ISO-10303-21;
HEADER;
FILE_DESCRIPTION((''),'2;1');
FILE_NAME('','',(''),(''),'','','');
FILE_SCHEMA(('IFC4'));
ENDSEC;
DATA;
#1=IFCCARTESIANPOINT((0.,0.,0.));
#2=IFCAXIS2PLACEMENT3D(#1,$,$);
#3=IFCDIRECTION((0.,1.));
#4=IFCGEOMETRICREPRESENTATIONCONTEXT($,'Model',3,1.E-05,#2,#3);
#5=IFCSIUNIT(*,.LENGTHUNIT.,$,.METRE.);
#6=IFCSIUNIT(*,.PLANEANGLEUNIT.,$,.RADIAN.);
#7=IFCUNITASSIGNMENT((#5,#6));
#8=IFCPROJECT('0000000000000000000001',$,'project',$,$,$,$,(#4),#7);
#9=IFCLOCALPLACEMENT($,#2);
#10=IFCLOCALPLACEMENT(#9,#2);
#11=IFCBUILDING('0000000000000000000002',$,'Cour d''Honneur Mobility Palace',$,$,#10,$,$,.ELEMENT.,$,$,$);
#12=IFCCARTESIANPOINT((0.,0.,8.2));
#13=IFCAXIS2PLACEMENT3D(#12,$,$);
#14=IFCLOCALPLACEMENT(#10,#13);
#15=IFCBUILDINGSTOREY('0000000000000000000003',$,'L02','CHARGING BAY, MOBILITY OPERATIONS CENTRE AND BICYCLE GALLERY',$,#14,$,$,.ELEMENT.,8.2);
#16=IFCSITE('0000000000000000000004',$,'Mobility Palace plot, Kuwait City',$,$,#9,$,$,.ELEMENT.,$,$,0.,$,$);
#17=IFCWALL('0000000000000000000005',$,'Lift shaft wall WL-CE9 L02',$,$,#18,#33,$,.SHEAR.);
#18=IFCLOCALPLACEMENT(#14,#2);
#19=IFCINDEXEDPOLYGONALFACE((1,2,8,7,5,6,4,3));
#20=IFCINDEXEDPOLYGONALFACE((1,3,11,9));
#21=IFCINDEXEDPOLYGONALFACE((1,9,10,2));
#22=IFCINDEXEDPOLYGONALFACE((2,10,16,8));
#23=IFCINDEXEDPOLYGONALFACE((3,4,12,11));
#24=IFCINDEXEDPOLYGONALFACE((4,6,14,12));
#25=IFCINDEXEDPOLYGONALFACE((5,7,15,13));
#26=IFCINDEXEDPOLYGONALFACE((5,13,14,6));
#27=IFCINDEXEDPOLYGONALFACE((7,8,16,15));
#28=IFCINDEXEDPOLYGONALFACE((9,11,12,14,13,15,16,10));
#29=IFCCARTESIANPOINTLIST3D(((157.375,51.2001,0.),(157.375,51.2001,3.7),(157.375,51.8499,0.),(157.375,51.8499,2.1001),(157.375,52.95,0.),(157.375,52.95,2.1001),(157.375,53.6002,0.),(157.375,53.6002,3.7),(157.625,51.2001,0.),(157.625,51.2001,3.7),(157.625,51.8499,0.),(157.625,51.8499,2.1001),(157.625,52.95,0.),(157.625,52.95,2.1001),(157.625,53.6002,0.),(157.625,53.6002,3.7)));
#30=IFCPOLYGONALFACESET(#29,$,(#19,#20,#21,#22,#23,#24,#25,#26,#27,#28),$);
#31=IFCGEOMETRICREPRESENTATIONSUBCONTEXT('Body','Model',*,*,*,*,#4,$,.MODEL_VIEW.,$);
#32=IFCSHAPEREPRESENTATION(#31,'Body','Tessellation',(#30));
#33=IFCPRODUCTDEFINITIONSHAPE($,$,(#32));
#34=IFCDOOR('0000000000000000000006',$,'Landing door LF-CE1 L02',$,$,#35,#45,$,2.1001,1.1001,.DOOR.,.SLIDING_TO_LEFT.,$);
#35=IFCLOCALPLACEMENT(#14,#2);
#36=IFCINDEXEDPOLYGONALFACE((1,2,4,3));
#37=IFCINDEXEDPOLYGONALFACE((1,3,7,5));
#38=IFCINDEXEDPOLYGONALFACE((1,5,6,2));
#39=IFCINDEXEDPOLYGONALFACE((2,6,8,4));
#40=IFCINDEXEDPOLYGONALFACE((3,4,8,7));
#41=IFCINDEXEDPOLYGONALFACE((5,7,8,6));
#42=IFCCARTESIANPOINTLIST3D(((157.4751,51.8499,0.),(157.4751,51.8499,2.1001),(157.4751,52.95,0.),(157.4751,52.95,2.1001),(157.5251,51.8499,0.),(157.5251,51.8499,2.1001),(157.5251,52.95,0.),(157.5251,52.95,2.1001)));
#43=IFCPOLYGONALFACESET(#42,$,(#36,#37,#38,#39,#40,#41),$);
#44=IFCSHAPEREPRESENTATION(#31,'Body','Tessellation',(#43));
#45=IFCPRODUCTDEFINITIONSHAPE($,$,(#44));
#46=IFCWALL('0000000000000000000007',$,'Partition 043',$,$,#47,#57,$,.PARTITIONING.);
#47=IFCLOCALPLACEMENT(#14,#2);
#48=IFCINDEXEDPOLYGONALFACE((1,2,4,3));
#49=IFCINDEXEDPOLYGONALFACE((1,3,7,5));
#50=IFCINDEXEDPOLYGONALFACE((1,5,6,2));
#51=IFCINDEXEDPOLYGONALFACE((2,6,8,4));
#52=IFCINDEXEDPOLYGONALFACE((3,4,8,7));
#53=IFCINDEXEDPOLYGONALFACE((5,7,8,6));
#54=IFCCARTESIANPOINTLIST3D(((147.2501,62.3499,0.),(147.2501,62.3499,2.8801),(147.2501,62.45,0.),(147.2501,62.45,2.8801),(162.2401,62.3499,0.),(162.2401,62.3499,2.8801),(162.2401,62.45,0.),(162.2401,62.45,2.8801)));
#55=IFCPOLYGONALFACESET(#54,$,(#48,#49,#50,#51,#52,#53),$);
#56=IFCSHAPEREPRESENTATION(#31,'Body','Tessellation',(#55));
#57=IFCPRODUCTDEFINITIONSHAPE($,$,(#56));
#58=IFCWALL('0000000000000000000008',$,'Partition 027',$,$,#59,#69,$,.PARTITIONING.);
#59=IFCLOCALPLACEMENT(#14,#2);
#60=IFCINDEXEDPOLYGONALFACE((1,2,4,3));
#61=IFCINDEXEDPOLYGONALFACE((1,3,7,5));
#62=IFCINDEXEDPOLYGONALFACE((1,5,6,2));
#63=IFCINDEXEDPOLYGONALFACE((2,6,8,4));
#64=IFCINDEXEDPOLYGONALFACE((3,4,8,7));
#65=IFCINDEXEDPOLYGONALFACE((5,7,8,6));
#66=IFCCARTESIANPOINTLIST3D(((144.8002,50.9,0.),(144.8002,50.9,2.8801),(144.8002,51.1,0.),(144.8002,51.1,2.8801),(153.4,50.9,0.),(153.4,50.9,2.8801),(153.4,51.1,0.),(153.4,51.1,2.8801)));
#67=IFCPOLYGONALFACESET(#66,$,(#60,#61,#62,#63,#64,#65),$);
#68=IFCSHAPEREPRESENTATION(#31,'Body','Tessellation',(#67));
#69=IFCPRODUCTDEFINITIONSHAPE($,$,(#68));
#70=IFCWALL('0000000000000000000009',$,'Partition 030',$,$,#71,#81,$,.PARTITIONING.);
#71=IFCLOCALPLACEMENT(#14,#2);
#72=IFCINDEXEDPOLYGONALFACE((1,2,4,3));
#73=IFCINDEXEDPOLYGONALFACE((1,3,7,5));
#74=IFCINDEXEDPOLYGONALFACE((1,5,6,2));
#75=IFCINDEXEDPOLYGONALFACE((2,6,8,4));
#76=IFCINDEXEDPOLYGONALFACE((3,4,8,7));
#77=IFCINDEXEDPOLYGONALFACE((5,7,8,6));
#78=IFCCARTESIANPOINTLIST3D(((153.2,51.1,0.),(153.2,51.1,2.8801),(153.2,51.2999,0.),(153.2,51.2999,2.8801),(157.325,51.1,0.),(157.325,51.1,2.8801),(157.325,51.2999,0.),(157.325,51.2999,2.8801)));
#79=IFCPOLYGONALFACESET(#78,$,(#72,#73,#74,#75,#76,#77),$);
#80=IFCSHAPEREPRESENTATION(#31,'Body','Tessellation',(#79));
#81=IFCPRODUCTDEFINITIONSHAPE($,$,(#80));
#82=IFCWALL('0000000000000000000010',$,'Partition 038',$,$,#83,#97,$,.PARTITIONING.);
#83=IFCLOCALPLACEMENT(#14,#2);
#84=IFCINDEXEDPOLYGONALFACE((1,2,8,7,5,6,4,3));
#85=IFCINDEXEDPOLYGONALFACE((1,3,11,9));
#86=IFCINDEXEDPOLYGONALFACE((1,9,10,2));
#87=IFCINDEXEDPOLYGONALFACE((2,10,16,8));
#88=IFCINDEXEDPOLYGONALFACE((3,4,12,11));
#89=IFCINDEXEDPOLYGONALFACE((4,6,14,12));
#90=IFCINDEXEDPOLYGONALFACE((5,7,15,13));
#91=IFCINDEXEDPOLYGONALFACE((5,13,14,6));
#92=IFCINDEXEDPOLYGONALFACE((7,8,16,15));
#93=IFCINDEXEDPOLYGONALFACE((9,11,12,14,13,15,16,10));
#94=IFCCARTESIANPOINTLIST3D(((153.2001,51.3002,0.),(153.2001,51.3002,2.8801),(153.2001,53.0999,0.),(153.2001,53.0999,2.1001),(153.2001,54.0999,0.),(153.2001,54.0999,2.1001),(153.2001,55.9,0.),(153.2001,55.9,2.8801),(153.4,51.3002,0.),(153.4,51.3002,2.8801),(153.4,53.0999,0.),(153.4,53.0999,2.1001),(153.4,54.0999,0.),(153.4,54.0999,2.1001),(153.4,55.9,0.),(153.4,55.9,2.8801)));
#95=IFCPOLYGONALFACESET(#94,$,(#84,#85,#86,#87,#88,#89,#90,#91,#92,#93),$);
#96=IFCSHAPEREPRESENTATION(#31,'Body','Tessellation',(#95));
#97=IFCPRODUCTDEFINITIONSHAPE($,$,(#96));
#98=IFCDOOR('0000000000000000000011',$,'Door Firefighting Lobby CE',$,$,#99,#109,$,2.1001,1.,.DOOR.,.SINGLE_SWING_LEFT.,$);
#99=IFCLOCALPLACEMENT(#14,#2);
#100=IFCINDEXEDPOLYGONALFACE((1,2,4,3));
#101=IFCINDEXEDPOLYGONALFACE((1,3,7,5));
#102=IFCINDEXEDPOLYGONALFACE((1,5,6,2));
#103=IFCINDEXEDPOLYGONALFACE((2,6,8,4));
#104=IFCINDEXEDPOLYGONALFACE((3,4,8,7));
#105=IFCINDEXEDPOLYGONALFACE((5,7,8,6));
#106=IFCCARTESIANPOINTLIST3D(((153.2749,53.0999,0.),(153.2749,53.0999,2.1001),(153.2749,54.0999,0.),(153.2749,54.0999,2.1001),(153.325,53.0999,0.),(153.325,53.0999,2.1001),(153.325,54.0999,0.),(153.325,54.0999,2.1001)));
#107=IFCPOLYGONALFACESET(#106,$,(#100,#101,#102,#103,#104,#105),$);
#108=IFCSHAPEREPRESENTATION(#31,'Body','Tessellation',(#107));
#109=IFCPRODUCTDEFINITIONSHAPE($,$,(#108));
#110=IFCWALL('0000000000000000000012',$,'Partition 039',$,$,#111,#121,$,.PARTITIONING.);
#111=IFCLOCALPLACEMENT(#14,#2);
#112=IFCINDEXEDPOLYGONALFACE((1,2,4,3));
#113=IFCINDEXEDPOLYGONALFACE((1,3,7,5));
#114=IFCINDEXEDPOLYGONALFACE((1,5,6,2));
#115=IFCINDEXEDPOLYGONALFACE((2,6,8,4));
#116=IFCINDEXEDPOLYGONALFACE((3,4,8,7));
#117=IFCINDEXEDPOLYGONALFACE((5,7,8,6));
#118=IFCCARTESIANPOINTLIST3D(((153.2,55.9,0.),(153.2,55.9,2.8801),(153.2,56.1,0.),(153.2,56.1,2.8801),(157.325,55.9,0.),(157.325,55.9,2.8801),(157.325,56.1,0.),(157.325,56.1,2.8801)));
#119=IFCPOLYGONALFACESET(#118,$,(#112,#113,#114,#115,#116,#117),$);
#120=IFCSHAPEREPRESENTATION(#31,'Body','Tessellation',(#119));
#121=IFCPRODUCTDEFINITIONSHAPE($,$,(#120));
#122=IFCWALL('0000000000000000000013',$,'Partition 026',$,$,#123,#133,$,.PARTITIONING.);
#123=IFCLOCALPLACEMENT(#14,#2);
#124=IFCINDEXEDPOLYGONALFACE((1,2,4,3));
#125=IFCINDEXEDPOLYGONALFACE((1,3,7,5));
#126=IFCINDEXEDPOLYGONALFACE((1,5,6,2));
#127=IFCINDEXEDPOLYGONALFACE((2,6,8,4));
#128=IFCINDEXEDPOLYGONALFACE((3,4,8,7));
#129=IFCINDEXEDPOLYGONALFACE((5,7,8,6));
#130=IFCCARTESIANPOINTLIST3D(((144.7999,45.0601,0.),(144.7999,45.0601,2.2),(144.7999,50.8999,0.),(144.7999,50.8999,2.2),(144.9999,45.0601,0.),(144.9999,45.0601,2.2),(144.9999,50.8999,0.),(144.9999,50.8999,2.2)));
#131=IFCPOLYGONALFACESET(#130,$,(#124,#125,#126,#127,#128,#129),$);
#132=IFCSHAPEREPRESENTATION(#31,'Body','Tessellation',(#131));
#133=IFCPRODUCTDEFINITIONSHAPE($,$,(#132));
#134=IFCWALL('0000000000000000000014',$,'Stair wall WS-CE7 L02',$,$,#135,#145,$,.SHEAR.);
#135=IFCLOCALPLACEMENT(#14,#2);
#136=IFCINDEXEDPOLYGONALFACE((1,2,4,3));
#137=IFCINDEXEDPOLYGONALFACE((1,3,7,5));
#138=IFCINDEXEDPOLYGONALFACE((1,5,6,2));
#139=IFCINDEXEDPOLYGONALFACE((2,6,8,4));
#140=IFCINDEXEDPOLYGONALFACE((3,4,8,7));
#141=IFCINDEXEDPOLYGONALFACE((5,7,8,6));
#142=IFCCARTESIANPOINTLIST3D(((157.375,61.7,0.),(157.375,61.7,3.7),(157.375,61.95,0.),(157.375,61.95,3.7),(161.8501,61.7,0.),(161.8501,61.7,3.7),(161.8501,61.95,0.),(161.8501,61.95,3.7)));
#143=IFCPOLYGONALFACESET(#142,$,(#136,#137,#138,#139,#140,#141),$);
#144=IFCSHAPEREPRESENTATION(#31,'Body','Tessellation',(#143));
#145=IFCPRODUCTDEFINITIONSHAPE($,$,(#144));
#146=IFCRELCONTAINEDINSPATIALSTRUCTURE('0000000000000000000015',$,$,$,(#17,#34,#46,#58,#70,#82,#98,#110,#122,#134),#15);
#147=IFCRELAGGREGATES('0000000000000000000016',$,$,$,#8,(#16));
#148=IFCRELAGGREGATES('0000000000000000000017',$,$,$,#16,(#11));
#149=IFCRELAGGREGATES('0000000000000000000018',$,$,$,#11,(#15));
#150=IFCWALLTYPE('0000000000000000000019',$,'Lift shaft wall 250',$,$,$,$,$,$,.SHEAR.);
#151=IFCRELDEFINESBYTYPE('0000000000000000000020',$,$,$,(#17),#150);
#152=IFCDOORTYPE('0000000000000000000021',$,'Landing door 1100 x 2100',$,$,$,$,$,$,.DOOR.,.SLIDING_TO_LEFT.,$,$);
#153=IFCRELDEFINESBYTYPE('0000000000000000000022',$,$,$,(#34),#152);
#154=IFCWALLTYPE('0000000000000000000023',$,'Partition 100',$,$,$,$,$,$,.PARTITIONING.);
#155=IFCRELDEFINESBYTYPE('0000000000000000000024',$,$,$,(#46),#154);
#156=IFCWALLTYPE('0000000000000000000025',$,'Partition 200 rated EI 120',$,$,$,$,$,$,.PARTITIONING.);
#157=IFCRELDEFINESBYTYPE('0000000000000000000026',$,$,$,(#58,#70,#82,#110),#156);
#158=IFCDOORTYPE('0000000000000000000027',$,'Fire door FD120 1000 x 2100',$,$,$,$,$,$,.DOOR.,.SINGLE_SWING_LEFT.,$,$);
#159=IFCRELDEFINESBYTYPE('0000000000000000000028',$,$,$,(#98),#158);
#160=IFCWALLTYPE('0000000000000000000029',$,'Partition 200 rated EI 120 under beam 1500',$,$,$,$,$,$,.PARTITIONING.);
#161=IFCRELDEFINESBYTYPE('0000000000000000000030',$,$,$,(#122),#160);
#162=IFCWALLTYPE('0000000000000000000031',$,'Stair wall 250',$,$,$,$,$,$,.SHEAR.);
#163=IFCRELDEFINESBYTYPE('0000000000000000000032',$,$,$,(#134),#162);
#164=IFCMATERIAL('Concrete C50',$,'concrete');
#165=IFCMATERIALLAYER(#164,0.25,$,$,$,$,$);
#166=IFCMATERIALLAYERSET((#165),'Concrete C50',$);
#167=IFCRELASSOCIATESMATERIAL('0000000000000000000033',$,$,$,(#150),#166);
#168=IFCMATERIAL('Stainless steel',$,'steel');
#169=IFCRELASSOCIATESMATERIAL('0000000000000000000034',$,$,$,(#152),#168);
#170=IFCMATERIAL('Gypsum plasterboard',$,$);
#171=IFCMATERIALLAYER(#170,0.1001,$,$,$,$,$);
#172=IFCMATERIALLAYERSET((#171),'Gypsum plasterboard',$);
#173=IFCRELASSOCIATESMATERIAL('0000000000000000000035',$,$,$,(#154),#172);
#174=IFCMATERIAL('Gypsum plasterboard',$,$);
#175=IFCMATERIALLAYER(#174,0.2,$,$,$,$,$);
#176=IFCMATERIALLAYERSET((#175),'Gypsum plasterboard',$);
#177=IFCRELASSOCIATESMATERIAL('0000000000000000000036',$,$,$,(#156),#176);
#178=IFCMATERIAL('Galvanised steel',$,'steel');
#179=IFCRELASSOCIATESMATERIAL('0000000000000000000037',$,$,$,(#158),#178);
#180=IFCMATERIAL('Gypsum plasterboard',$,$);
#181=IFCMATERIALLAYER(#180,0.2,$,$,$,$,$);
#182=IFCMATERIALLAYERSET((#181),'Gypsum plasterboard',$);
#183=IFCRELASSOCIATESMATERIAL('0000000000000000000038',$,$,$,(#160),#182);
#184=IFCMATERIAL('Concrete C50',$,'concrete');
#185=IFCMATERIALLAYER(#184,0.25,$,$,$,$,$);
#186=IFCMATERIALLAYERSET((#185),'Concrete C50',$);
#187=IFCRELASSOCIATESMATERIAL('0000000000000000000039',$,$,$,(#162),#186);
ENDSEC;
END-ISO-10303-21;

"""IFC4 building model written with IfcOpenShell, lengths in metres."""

from ifc_helpers import new_model, si_unit, direction, frame, frame_2d, origin, place, context, subcontext, project, spatial, rectangle, extrude, material, layer, layer_set, type_object, element, fill, save


model = new_model("IFC4")

# Units and contexts
model_context = context("Model", 3, precision=1e-05, world=origin(), true_north=direction((0.0, 1.0)))
body_context = subcontext(model_context, "Body", "Model", "MODEL_VIEW")
ifc_project = project(units=[si_unit("LENGTHUNIT", "METRE"), si_unit("PLANEANGLEUNIT", "RADIAN")], contexts=[model_context])

# Site, building, storey
site_placement = place(None, origin())
site = spatial("IfcSite", under=ifc_project, at=site_placement, Name="Mobility Palace plot, Kuwait City", CompositionType="ELEMENT", RefElevation=0.0)
building_placement = place(site_placement, origin())
building = spatial("IfcBuilding", under=site, at=building_placement, Name="Cour d'Honneur Mobility Palace", CompositionType="ELEMENT")
storey_placement = place(building_placement, frame((0.0, 0.0, 8.2)))
storey = spatial("IfcBuildingStorey", under=building, at=storey_placement, Name="L02", Description="CHARGING BAY, MOBILITY OPERATIONS CENTRE AND BICYCLE GALLERY", CompositionType="ELEMENT", Elevation=8.2)

# Wall, opening, door
ifc_material_1 = material(Name="Concrete C50", Category="concrete")
ifc_layer_1 = layer(ifc_material_1, 0.25)
ifc_layer_set_1 = layer_set([ifc_layer_1], Name="Concrete C50")
wall_type_1 = type_object("IfcWallType", Name="Lift shaft wall 250", PredefinedType="SHEAR", material=ifc_layer_set_1)
wall_1_placement = place(storey_placement, frame((157.5, 51.2, 0.0), z_axis=(0.0, 0.0, 1.0), x_axis=(0.0, 1.0, 0.0)))
wall_1 = element("IfcWall", 1, at=wall_1_placement, inside=storey, type_object=wall_type_1, Name="Lift shaft wall WL-CE9 L02", PredefinedType="SHEAR", context=body_context, shape_type="SweptSolid", body=[
    extrude(rectangle(XDim=2.4001, YDim=0.25, at=frame_2d((1.2002, 0.0))), origin(), (0.0, 0.0, 1.0), 3.7),
])
opening_1_placement = place(wall_1_placement, frame((0.6499, 0.0, 0.0)))
opening_1 = element("IfcOpeningElement", 2, at=opening_1_placement, cuts=wall_1, PredefinedType="OPENING", context=body_context, shape_type="SweptSolid", body=[
    extrude(rectangle(XDim=1.1001, YDim=2.1001, at=frame_2d((0.55, 1.05))), frame((0.0, 0.135, 0.0), z_axis=(0.0, -1.0, 0.0), x_axis=(1.0, 0.0, 0.0)), (0.0, 0.0, 1.0), 0.27),
])
ifc_material_2 = material(Name="Stainless steel", Category="steel")
door_type_1 = type_object("IfcDoorType", Name="Landing door 1100 x 2100", OperationType="SLIDING_TO_LEFT", PredefinedType="DOOR", material=ifc_material_2)
door_1_placement = place(opening_1_placement, origin())
door_1 = element("IfcDoor", 3, at=door_1_placement, inside=storey, type_object=door_type_1, Name="Landing door LF-CE1 L02", OperationType="SLIDING_TO_LEFT", OverallHeight=2.1001, OverallWidth=1.1001, PredefinedType="DOOR", context=body_context, shape_type="SweptSolid", body=[
    extrude(rectangle(XDim=1.1001, YDim=2.1001, at=frame_2d((0.55, 1.05))), frame((0.0, 0.0249, 0.0), z_axis=(0.0, -1.0, 0.0), x_axis=(1.0, 0.0, 0.0)), (0.0, 0.0, 1.0), 0.05),
])
fill(opening_1, door_1)

# Walls
ifc_material_3 = material(Name="Gypsum plasterboard")
ifc_layer_2 = layer(ifc_material_3, 0.1001)
ifc_layer_set_2 = layer_set([ifc_layer_2], Name="Gypsum plasterboard")
wall_type_2 = type_object("IfcWallType", Name="Partition 100", PredefinedType="PARTITIONING", material=ifc_layer_set_2)
wall_2_placement = place(storey_placement, frame((147.25, 62.3999, 0.0), z_axis=(0.0, 0.0, 1.0), x_axis=(1.0, 0.0, 0.0)))
element("IfcWall", 4, at=wall_2_placement, inside=storey, type_object=wall_type_2, Name="Partition 043", PredefinedType="PARTITIONING", context=body_context, shape_type="SweptSolid", body=[
    extrude(rectangle(XDim=14.99, YDim=0.1001, at=frame_2d((7.4951, 0.0))), origin(), (0.0, 0.0, 1.0), 2.8801),
])
ifc_material_4 = material(Name="Gypsum plasterboard")
ifc_layer_3 = layer(ifc_material_4, 0.2)
ifc_layer_set_3 = layer_set([ifc_layer_3], Name="Gypsum plasterboard")
wall_type_3 = type_object("IfcWallType", Name="Partition 200 rated EI 120", PredefinedType="PARTITIONING", material=ifc_layer_set_3)
wall_3_placement = place(storey_placement, frame((153.3999, 51.0, 0.0), z_axis=(0.0, 0.0, 1.0), x_axis=(-1.0, 0.0, 0.0)))
element("IfcWall", 5, at=wall_3_placement, inside=storey, type_object=wall_type_3, Name="Partition 027", PredefinedType="PARTITIONING", context=body_context, shape_type="SweptSolid", body=[
    extrude(rectangle(XDim=8.5999, YDim=0.2, at=frame_2d((4.2998, 0.0))), origin(), (0.0, 0.0, 1.0), 2.8801),
])
wall_4_placement = place(storey_placement, frame((153.2, 51.2, 0.0), z_axis=(0.0, 0.0, 1.0), x_axis=(1.0, 0.0, 0.0)))
element("IfcWall", 6, at=wall_4_placement, inside=storey, type_object=wall_type_3, Name="Partition 030", PredefinedType="PARTITIONING", context=body_context, shape_type="SweptSolid", body=[
    extrude(rectangle(XDim=4.125, YDim=0.2, at=frame_2d((2.0625, 0.0))), origin(), (0.0, 0.0, 1.0), 2.8801),
])

# Wall, opening, door
wall_5_placement = place(storey_placement, frame((153.3, 55.8999, 0.0), z_axis=(0.0, 0.0, 1.0), x_axis=(0.0, -1.0, 0.0)))
wall_5 = element("IfcWall", 7, at=wall_5_placement, inside=storey, type_object=wall_type_3, Name="Partition 038", PredefinedType="PARTITIONING", context=body_context, shape_type="SweptSolid", body=[
    extrude(rectangle(XDim=4.5999, YDim=0.2, at=frame_2d((2.2998, 0.0))), origin(), (0.0, 0.0, 1.0), 2.8801),
])
opening_2_placement = place(wall_5_placement, frame((1.8, 0.0, 0.0)))
opening_2 = element("IfcOpeningElement", 8, at=opening_2_placement, cuts=wall_5, PredefinedType="OPENING", context=body_context, shape_type="SweptSolid", body=[
    extrude(rectangle(XDim=1.0, YDim=2.1001, at=frame_2d((0.5, 1.05))), frame((0.0, 0.1099, 0.0), z_axis=(0.0, -1.0, 0.0), x_axis=(1.0, 0.0, 0.0)), (0.0, 0.0, 1.0), 0.22),
])
ifc_material_5 = material(Name="Galvanised steel", Category="steel")
door_type_2 = type_object("IfcDoorType", Name="Fire door FD120 1000 x 2100", OperationType="SINGLE_SWING_LEFT", PredefinedType="DOOR", material=ifc_material_5)
door_2_placement = place(opening_2_placement, origin())
door_2 = element("IfcDoor", 9, at=door_2_placement, inside=storey, type_object=door_type_2, Name="Door Firefighting Lobby CE", OperationType="SINGLE_SWING_LEFT", OverallHeight=2.1001, OverallWidth=1.0, PredefinedType="DOOR", context=body_context, shape_type="SweptSolid", body=[
    extrude(rectangle(XDim=1.0, YDim=2.1001, at=frame_2d((0.5, 1.05))), frame((0.0, 0.0249, 0.0), z_axis=(0.0, -1.0, 0.0), x_axis=(1.0, 0.0, 0.0)), (0.0, 0.0, 1.0), 0.05),
])
fill(opening_2, door_2)

# Walls
wall_6_placement = place(storey_placement, frame((157.325, 56.0, 0.0), z_axis=(0.0, 0.0, 1.0), x_axis=(-1.0, 0.0, 0.0)))
element("IfcWall", 10, at=wall_6_placement, inside=storey, type_object=wall_type_3, Name="Partition 039", PredefinedType="PARTITIONING", context=body_context, shape_type="SweptSolid", body=[
    extrude(rectangle(XDim=4.125, YDim=0.2, at=frame_2d((2.0625, 0.0))), origin(), (0.0, 0.0, 1.0), 2.8801),
])
ifc_material_6 = material(Name="Gypsum plasterboard")
ifc_layer_4 = layer(ifc_material_6, 0.2)
ifc_layer_set_4 = layer_set([ifc_layer_4], Name="Gypsum plasterboard")
wall_type_4 = type_object("IfcWallType", Name="Partition 200 rated EI 120 under beam 1500", PredefinedType="PARTITIONING", material=ifc_layer_set_4)
wall_7_placement = place(storey_placement, frame((144.8999, 50.8999, 0.0), z_axis=(0.0, 0.0, 1.0), x_axis=(0.0, -1.0, 0.0)))
element("IfcWall", 11, at=wall_7_placement, inside=storey, type_object=wall_type_4, Name="Partition 026", PredefinedType="PARTITIONING", context=body_context, shape_type="SweptSolid", body=[
    extrude(rectangle(XDim=5.8398, YDim=0.2, at=frame_2d((2.9199, 0.0))), origin(), (0.0, 0.0, 1.0), 2.2),
])
ifc_material_7 = material(Name="Concrete C50", Category="concrete")
ifc_layer_5 = layer(ifc_material_7, 0.25)
ifc_layer_set_5 = layer_set([ifc_layer_5], Name="Concrete C50")
wall_type_5 = type_object("IfcWallType", Name="Stair wall 250", PredefinedType="SHEAR", material=ifc_layer_set_5)
wall_8_placement = place(storey_placement, frame((157.375, 61.825, 0.0), z_axis=(0.0, 0.0, 1.0), x_axis=(1.0, 0.0, 0.0)))
element("IfcWall", 12, at=wall_8_placement, inside=storey, type_object=wall_type_5, Name="Stair wall WS-CE7 L02", PredefinedType="SHEAR", context=body_context, shape_type="SweptSolid", body=[
    extrude(rectangle(XDim=4.4751, YDim=0.25, at=frame_2d((2.2375, 0.0))), origin(), (0.0, 0.0, 1.0), 3.7),
])

save(model, "model.ifc")
